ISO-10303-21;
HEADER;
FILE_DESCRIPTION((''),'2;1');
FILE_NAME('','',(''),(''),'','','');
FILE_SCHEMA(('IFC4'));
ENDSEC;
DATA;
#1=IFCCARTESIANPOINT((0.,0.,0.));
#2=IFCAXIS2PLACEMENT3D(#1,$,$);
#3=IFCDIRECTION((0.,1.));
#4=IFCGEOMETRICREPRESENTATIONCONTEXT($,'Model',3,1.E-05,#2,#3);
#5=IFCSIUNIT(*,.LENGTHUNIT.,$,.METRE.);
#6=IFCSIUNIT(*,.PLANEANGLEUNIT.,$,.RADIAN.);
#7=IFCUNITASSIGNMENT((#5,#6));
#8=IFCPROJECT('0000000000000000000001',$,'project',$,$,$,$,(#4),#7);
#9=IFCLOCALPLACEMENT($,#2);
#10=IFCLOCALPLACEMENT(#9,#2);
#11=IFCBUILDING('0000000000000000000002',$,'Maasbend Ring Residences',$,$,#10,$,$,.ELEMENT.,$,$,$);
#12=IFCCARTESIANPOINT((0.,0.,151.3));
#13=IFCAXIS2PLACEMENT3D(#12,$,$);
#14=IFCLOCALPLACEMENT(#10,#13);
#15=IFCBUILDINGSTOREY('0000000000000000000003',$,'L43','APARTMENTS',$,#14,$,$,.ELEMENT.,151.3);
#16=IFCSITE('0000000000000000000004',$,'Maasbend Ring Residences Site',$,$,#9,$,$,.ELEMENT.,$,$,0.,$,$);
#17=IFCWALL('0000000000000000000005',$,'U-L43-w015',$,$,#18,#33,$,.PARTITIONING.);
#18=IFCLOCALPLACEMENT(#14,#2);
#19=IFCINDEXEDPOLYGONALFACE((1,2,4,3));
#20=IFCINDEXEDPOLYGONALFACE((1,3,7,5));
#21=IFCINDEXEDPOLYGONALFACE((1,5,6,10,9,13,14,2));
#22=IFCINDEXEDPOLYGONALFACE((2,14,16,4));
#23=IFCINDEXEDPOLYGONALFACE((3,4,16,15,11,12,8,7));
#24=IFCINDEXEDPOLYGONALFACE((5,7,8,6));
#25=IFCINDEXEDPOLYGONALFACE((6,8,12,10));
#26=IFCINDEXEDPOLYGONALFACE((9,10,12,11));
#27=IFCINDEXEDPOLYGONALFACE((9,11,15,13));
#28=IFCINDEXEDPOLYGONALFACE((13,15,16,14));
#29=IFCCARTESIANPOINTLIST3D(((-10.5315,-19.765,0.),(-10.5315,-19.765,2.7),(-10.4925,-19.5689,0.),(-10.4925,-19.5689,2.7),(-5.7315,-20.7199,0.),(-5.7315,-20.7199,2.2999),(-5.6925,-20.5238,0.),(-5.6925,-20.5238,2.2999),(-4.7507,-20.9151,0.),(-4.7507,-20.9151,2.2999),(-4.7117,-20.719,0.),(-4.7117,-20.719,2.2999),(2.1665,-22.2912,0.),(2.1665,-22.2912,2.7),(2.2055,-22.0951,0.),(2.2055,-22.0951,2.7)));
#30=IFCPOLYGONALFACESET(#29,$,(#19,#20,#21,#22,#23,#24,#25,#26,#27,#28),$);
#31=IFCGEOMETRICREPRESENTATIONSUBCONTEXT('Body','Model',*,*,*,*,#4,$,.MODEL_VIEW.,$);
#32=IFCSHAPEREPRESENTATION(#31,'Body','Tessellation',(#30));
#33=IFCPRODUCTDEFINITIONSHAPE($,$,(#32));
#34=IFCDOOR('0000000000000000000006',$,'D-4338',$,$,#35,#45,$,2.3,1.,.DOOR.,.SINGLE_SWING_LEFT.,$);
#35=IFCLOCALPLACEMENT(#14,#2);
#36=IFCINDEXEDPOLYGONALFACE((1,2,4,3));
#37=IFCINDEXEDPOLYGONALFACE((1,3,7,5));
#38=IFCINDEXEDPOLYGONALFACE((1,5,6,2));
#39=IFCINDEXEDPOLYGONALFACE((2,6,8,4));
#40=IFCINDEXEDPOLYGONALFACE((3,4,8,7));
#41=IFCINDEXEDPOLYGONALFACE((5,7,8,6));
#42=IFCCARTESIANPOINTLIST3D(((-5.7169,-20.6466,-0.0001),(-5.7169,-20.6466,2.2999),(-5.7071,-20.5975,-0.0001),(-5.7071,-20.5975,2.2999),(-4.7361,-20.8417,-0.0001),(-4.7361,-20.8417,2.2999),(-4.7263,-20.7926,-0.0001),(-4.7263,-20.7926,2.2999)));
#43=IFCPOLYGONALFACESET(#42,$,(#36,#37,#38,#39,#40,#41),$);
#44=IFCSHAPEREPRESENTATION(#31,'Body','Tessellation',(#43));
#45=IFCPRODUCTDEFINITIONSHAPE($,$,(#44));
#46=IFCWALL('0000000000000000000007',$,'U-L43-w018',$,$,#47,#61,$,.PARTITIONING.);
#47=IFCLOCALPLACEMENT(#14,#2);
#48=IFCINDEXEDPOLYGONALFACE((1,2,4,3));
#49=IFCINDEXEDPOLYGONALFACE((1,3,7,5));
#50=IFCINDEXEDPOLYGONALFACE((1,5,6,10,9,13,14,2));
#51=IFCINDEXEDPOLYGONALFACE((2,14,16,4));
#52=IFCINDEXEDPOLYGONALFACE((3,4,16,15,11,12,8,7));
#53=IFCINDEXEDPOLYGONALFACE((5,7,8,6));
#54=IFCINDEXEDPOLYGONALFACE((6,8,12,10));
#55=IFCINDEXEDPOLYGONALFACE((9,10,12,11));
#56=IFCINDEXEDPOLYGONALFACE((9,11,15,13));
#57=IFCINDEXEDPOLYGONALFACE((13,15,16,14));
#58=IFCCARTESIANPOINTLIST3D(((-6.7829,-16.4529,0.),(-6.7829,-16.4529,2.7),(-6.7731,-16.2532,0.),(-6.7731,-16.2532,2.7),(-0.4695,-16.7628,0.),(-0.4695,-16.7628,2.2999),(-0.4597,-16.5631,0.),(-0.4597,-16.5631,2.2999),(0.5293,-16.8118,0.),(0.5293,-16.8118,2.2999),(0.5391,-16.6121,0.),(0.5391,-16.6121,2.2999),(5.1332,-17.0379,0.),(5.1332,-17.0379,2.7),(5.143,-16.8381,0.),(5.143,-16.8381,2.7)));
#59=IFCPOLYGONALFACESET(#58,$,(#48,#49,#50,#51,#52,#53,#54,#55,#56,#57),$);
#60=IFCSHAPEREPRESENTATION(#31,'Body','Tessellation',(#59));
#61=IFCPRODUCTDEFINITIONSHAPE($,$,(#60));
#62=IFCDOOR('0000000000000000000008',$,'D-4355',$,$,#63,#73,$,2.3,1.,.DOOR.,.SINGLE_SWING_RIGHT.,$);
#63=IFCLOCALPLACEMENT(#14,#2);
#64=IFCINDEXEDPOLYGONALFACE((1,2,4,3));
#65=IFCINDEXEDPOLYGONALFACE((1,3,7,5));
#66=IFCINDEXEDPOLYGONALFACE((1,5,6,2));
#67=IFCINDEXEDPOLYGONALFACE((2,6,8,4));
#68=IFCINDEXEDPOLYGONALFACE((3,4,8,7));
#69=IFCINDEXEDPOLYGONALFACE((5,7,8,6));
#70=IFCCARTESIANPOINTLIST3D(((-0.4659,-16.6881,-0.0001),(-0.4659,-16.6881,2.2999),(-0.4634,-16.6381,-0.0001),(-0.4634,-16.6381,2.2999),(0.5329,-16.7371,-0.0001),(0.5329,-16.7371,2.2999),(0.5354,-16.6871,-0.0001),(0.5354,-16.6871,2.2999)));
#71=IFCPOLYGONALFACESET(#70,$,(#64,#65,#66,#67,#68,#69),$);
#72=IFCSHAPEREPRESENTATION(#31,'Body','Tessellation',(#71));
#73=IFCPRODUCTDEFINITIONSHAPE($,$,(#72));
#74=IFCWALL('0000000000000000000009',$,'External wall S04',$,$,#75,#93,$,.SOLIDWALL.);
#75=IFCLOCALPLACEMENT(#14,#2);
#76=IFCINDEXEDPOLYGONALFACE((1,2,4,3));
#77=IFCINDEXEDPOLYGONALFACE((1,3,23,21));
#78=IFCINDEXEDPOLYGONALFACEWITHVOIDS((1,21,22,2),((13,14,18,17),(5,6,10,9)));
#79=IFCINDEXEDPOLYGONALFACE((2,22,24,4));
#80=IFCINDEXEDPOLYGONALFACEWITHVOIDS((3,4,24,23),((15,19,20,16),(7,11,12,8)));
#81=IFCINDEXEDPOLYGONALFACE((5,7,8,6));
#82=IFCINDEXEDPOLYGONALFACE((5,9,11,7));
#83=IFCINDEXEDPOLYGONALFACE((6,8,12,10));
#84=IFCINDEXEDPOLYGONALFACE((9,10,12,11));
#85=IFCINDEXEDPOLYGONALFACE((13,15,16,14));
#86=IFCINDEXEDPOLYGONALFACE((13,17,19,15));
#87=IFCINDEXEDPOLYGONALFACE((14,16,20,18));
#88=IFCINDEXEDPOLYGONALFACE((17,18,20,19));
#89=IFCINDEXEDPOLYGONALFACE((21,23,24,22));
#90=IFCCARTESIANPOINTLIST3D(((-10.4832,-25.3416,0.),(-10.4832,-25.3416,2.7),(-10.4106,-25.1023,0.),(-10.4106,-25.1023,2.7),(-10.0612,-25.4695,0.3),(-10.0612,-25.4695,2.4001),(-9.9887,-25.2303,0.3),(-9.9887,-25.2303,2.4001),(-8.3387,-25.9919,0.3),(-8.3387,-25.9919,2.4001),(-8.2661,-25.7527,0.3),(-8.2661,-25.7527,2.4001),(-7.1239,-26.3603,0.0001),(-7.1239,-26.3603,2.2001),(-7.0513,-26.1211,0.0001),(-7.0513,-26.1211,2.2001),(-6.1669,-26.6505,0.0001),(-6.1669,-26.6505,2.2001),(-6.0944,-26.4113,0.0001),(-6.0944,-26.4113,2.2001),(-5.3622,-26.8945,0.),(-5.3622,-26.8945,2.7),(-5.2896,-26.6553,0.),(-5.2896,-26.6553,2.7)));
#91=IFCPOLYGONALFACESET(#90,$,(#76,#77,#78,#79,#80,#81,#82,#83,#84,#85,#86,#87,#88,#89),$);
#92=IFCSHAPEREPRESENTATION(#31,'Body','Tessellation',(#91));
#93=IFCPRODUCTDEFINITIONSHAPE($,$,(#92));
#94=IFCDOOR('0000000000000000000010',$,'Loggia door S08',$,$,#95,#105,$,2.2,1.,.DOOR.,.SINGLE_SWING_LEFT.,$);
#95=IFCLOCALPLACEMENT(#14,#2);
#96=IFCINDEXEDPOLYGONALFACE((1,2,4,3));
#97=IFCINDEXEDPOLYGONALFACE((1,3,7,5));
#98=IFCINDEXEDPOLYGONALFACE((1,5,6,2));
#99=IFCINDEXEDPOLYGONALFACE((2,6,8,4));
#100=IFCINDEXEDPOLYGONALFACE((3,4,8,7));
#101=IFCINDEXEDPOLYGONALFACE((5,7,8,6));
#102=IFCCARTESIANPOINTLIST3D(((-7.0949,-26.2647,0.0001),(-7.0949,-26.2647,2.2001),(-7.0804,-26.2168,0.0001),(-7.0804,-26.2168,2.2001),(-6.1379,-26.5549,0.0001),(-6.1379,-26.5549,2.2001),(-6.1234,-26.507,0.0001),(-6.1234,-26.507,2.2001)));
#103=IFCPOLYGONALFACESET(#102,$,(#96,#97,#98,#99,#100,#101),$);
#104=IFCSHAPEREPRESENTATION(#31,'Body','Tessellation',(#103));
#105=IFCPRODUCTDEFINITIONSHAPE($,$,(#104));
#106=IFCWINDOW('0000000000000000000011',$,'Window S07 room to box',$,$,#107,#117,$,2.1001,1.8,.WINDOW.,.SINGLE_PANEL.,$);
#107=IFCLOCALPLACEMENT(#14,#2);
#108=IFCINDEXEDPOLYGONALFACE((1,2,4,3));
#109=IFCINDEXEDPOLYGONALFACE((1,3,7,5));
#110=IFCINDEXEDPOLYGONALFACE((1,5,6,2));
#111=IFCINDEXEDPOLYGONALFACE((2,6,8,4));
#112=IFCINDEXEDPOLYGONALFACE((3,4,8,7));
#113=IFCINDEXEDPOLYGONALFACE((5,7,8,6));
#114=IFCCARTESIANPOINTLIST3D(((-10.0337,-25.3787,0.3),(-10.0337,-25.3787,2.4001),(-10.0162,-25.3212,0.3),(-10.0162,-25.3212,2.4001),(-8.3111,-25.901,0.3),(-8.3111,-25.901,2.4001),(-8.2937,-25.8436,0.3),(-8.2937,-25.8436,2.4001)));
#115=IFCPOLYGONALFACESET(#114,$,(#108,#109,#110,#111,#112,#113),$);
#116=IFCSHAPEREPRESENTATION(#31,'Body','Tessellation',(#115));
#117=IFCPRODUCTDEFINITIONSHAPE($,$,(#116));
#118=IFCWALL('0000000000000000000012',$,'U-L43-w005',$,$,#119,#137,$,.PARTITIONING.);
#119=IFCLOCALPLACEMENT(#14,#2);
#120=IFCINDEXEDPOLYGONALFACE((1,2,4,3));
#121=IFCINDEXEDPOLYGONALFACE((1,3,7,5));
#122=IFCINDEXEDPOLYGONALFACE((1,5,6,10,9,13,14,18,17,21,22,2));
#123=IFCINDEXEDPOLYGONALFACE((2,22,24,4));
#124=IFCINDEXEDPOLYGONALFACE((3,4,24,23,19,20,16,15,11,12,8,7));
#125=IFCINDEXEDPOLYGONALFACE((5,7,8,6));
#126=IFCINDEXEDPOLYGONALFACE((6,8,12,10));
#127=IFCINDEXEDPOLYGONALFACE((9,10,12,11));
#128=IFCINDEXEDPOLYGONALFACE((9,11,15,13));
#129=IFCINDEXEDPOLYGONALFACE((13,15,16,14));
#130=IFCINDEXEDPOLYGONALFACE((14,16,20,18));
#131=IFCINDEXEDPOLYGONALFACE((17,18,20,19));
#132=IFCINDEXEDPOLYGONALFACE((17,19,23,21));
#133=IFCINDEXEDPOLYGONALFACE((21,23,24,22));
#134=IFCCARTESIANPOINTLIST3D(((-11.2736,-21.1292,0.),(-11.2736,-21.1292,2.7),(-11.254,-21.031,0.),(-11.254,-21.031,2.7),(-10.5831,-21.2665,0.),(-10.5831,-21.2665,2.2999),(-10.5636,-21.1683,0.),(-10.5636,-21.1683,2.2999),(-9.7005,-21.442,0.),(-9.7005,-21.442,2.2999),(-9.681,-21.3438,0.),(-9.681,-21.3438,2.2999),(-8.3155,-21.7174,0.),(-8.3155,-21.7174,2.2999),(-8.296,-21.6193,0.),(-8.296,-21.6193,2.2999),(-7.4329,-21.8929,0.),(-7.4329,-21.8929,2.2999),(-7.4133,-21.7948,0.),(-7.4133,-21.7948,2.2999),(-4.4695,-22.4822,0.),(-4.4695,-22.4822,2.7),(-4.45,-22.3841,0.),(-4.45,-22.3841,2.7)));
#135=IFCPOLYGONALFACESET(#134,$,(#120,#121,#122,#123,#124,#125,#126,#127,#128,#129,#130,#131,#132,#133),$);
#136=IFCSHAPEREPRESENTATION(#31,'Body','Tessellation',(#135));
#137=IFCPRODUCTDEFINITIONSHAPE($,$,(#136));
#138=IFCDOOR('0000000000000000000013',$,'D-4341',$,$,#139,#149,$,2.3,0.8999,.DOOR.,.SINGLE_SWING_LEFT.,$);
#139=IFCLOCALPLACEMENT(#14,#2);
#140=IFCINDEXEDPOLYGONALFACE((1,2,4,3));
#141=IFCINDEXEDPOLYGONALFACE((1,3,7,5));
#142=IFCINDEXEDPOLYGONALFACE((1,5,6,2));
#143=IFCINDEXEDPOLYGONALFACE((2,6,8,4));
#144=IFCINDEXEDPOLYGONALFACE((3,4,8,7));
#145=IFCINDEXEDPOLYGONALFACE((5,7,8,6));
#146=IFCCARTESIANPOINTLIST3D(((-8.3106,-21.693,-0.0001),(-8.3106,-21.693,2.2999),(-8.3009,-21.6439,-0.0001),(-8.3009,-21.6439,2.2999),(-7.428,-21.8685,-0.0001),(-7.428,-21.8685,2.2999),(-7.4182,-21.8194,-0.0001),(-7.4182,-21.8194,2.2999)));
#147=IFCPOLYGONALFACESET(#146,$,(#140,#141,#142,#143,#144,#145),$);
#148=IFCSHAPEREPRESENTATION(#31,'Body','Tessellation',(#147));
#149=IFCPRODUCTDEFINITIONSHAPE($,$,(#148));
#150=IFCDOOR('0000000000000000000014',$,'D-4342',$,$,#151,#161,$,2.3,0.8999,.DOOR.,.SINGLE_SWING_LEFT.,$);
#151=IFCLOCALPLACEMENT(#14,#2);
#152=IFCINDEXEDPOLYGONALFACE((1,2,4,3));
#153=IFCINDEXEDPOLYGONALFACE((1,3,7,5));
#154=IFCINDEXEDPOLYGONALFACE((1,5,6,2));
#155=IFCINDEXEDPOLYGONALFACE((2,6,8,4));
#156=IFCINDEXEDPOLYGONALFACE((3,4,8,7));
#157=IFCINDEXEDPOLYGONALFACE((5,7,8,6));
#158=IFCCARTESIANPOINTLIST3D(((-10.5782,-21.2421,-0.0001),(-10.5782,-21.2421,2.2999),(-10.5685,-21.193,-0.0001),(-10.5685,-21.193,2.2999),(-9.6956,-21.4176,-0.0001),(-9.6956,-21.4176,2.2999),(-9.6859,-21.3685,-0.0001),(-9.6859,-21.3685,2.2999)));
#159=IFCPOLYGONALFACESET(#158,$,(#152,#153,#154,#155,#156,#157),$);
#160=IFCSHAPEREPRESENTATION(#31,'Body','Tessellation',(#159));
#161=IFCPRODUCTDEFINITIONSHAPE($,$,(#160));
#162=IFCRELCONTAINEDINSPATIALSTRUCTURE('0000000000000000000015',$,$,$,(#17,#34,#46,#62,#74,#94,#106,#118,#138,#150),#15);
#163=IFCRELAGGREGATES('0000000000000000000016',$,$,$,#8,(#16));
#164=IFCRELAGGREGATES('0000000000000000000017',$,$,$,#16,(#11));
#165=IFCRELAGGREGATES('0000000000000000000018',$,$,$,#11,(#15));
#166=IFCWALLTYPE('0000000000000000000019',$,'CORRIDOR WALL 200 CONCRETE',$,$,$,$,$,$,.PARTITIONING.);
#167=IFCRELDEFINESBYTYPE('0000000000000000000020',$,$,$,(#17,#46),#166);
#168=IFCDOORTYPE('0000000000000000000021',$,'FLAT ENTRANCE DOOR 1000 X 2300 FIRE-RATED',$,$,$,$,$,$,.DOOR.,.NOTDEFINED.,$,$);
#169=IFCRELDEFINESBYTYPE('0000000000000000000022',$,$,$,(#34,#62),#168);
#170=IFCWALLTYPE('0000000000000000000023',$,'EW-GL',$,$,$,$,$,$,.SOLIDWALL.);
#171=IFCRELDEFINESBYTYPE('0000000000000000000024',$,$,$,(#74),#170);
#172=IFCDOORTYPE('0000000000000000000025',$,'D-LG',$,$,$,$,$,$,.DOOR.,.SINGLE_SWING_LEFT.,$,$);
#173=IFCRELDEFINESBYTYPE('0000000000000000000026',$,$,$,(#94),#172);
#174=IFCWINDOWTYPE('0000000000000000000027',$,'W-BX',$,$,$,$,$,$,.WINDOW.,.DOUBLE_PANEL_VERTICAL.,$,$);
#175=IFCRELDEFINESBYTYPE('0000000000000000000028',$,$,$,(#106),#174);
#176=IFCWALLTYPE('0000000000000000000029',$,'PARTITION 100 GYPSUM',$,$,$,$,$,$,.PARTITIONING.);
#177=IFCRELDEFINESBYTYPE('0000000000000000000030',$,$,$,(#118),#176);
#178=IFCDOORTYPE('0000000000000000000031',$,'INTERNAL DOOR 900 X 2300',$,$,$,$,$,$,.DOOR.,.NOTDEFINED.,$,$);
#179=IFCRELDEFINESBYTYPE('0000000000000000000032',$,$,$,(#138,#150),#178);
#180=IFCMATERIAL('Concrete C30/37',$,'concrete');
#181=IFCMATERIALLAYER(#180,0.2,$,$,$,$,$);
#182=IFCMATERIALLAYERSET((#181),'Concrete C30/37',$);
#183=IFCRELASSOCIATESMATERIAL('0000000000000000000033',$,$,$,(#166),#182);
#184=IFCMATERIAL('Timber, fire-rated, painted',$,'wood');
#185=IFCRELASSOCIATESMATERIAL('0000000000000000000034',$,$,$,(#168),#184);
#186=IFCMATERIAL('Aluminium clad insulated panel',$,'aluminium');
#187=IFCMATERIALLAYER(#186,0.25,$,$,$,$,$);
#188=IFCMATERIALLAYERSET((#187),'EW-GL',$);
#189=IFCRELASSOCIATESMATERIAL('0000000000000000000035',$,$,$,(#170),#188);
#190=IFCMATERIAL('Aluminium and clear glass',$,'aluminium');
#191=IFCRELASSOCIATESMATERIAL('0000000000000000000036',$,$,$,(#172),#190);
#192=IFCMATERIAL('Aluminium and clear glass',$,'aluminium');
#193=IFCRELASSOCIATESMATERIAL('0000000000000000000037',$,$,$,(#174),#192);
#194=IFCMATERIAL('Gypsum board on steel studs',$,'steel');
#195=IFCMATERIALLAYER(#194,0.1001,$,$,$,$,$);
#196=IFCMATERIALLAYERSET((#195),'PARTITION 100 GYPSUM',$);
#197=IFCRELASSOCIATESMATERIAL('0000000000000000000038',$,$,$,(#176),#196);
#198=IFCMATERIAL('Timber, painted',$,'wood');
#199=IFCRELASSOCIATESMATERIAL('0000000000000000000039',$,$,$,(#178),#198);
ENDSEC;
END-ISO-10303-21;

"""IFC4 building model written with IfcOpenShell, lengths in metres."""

from ifc_helpers import new_model, si_unit, direction, frame, frame_2d, origin, place, context, subcontext, project, spatial, rectangle, extrude, material, layer, layer_set, type_object, element, fill, save


model = new_model("IFC4")

# Units and contexts
model_context = context("Model", 3, precision=1e-05, world=origin(), true_north=direction((0.0, 1.0)))
body_context = subcontext(model_context, "Body", "Model", "MODEL_VIEW")
ifc_project = project(units=[si_unit("LENGTHUNIT", "METRE"), si_unit("PLANEANGLEUNIT", "RADIAN")], contexts=[model_context])

# Site, building, storey
site_placement = place(None, origin())
site = spatial("IfcSite", under=ifc_project, at=site_placement, Name="Maasbend Ring Residences Site", CompositionType="ELEMENT", RefElevation=0.0)
building_placement = place(site_placement, origin())
building = spatial("IfcBuilding", under=site, at=building_placement, Name="Maasbend Ring Residences", CompositionType="ELEMENT")
storey_placement = place(building_placement, frame((0.0, 0.0, 151.3)))
storey = spatial("IfcBuildingStorey", under=building, at=storey_placement, Name="L43", Description="APARTMENTS", CompositionType="ELEMENT", Elevation=151.3)

# Walls, openings, doors
ifc_material_1 = material(Name="Concrete C30/37", Category="concrete")
ifc_layer_1 = layer(ifc_material_1, 0.2)
ifc_layer_set_1 = layer_set([ifc_layer_1], Name="Concrete C30/37")
wall_type_1 = type_object("IfcWallType", Name="CORRIDOR WALL 200 CONCRETE", PredefinedType="PARTITIONING", material=ifc_layer_set_1)
wall_1_placement = place(storey_placement, frame((-10.512, -19.667, 0.0), z_axis=(0.0, 0.0, 1.0), x_axis=(0.98078, -0.195115, 0.0)))
wall_1 = element("IfcWall", 1, at=wall_1_placement, inside=storey, type_object=wall_type_1, Name="U-L43-w015", PredefinedType="PARTITIONING", context=body_context, shape_type="SweptSolid", body=[
    extrude(rectangle(XDim=12.9468, YDim=0.2, at=frame_2d((6.4734, 0.0))), origin(), (0.0, 0.0, 1.0), 2.7),
])
opening_1_placement = place(wall_1_placement, frame((4.894, 0.0, 0.0)))
opening_1 = element("IfcOpeningElement", 2, at=opening_1_placement, cuts=wall_1, PredefinedType="OPENING", context=body_context, shape_type="SweptSolid", body=[
    extrude(rectangle(XDim=1.0, YDim=2.3, at=frame_2d((0.5, 1.1499))), frame((0.0, 0.1099, 0.0), z_axis=(0.0, -1.0, 0.0), x_axis=(1.0, 0.0, 0.0)), (0.0, 0.0, 1.0), 0.22),
])
ifc_material_2 = material(Name="Timber, fire-rated, painted", Category="wood")
door_type_1 = type_object("IfcDoorType", Name="FLAT ENTRANCE DOOR 1000 X 2300 FIRE-RATED", OperationType="NOTDEFINED", PredefinedType="DOOR", material=ifc_material_2)
door_1_placement = place(opening_1_placement, origin())
door_1 = element("IfcDoor", 3, at=door_1_placement, inside=storey, type_object=door_type_1, Name="D-4338", OperationType="SINGLE_SWING_LEFT", OverallHeight=2.3, OverallWidth=1.0, PredefinedType="DOOR", context=body_context, shape_type="SweptSolid", body=[
    extrude(rectangle(XDim=1.0, YDim=2.3, at=frame_2d((0.5, 1.1499))), frame((0.0, 0.0249, 0.0), z_axis=(0.0, -1.0, 0.0), x_axis=(1.0, 0.0, 0.0)), (0.0, 0.0, 1.0), 0.05),
])
fill(opening_1, door_1)
wall_2_placement = place(storey_placement, frame((-6.7781, -16.353, 0.0), z_axis=(0.0, 0.0, 1.0), x_axis=(0.998797, -0.049031, 0.0)))
wall_2 = element("IfcWall", 4, at=wall_2_placement, inside=storey, type_object=wall_type_1, Name="U-L43-w018", PredefinedType="PARTITIONING", context=body_context, shape_type="SweptSolid", body=[
    extrude(rectangle(XDim=11.9304, YDim=0.2, at=frame_2d((5.9653, 0.0))), origin(), (0.0, 0.0, 1.0), 2.7),
])
opening_2_placement = place(wall_2_placement, frame((6.321, 0.0, 0.0)))
opening_2 = element("IfcOpeningElement", 5, at=opening_2_placement, cuts=wall_2, PredefinedType="OPENING", context=body_context, shape_type="SweptSolid", body=[
    extrude(rectangle(XDim=1.0, YDim=2.3, at=frame_2d((0.5, 1.1499))), frame((0.0, 0.1099, 0.0), z_axis=(0.0, -1.0, 0.0), x_axis=(1.0, 0.0, 0.0)), (0.0, 0.0, 1.0), 0.22),
])
door_2_placement = place(opening_2_placement, origin())
door_2 = element("IfcDoor", 6, at=door_2_placement, inside=storey, type_object=door_type_1, Name="D-4355", OperationType="SINGLE_SWING_RIGHT", OverallHeight=2.3, OverallWidth=1.0, PredefinedType="DOOR", context=body_context, shape_type="SweptSolid", body=[
    extrude(rectangle(XDim=1.0, YDim=2.3, at=frame_2d((0.5, 1.1499))), frame((0.0, 0.0249, 0.0), z_axis=(0.0, -1.0, 0.0), x_axis=(1.0, 0.0, 0.0)), (0.0, 0.0, 1.0), 0.05),
])
fill(opening_2, door_2)

# Wall, openings, door, window
ifc_material_3 = material(Name="Aluminium clad insulated panel", Category="aluminium")
ifc_layer_2 = layer(ifc_material_3, 0.25)
ifc_layer_set_2 = layer_set([ifc_layer_2], Name="EW-GL")
wall_type_2 = type_object("IfcWallType", Name="EW-GL", PredefinedType="SOLIDWALL", material=ifc_layer_set_2)
wall_3_placement = place(storey_placement, frame((-10.447, -25.2219, 0.0), z_axis=(0.0, 0.0, 1.0), x_axis=(0.956966, -0.290201, 0.0)))
wall_3 = element("IfcWall", 7, at=wall_3_placement, inside=storey, type_object=wall_type_2, Name="External wall S04", PredefinedType="SOLIDWALL", context=body_context, shape_type="SweptSolid", body=[
    extrude(rectangle(XDim=5.3513, YDim=0.25, at=frame_2d((2.6758, 0.0))), origin(), (0.0, 0.0, 1.0), 2.7),
])
opening_3_placement = place(wall_3_placement, frame((0.4412, 0.0, 0.3)))
opening_3 = element("IfcOpeningElement", 8, at=opening_3_placement, cuts=wall_3, PredefinedType="OPENING", context=body_context, shape_type="SweptSolid", body=[
    extrude(rectangle(XDim=1.8, YDim=2.1001, at=frame_2d((0.8999, 1.05))), frame((0.0, 0.135, 0.0), z_axis=(0.0, -1.0, 0.0), x_axis=(1.0, 0.0, 0.0)), (0.0, 0.0, 1.0), 0.27),
])
opening_4_placement = place(wall_3_placement, frame((3.5105, 0.0, 0.0)))
opening_4 = element("IfcOpeningElement", 9, at=opening_4_placement, cuts=wall_3, PredefinedType="OPENING", context=body_context, shape_type="SweptSolid", body=[
    extrude(rectangle(XDim=1.0, YDim=2.2, at=frame_2d((0.5, 1.1001))), frame((0.0, 0.135, 0.0), z_axis=(0.0, -1.0, 0.0), x_axis=(1.0, 0.0, 0.0)), (0.0, 0.0, 1.0), 0.27),
])
ifc_material_4 = material(Name="Aluminium and clear glass", Category="aluminium")
door_type_2 = type_object("IfcDoorType", Name="D-LG", OperationType="SINGLE_SWING_LEFT", PredefinedType="DOOR", material=ifc_material_4)
door_3_placement = place(opening_4_placement, origin())
door_3 = element("IfcDoor", 10, at=door_3_placement, inside=storey, type_object=door_type_2, Name="Loggia door S08", OperationType="SINGLE_SWING_LEFT", OverallHeight=2.2, OverallWidth=1.0, PredefinedType="DOOR", context=body_context, shape_type="SweptSolid", body=[
    extrude(rectangle(XDim=1.0, YDim=2.2, at=frame_2d((0.5, 1.1001))), frame((0.0, 0.0249, 0.0), z_axis=(0.0, -1.0, 0.0), x_axis=(1.0, 0.0, 0.0)), (0.0, 0.0, 1.0), 0.05),
])
fill(opening_4, door_3)
ifc_material_5 = material(Name="Aluminium and clear glass", Category="aluminium")
window_type = type_object("IfcWindowType", Name="W-BX", PartitioningType="DOUBLE_PANEL_VERTICAL", PredefinedType="WINDOW", material=ifc_material_5)
window_placement = place(opening_3_placement, origin())
window = element("IfcWindow", 11, at=window_placement, inside=storey, type_object=window_type, Name="Window S07 room to box", OverallHeight=2.1001, OverallWidth=1.8, PartitioningType="SINGLE_PANEL", PredefinedType="WINDOW", context=body_context, shape_type="SweptSolid", body=[
    extrude(rectangle(XDim=1.8, YDim=2.1001, at=frame_2d((0.8999, 1.05))), frame((0.0, 0.03, 0.0), z_axis=(0.0, -1.0, 0.0), x_axis=(1.0, 0.0, 0.0)), (0.0, 0.0, 1.0), 0.0601),
])
fill(opening_3, window)

# Wall, openings, doors
ifc_material_6 = material(Name="Gypsum board on steel studs", Category="steel")
ifc_layer_3 = layer(ifc_material_6, 0.1001)
ifc_layer_set_3 = layer_set([ifc_layer_3], Name="PARTITION 100 GYPSUM")
wall_type_3 = type_object("IfcWallType", Name="PARTITION 100 GYPSUM", PredefinedType="PARTITIONING", material=ifc_layer_set_3)
wall_4_placement = place(storey_placement, frame((-11.2639, -21.0801, 0.0), z_axis=(0.0, 0.0, 1.0), x_axis=(0.980795, -0.19504, 0.0)))
wall_4 = element("IfcWall", 12, at=wall_4_placement, inside=storey, type_object=wall_type_3, Name="U-L43-w005", PredefinedType="PARTITIONING", context=body_context, shape_type="SweptSolid", body=[
    extrude(rectangle(XDim=6.9373, YDim=0.1001, at=frame_2d((3.4688, 0.0))), origin(), (0.0, 0.0, 1.0), 2.7),
])
opening_5_placement = place(wall_4_placement, frame((3.0161, 0.0, 0.0)))
opening_5 = element("IfcOpeningElement", 13, at=opening_5_placement, cuts=wall_4, PredefinedType="OPENING", context=body_context, shape_type="SweptSolid", body=[
    extrude(rectangle(XDim=0.8999, YDim=2.3, at=frame_2d((0.45, 1.1499))), frame((0.0, 0.0601, 0.0), z_axis=(0.0, -1.0, 0.0), x_axis=(1.0, 0.0, 0.0)), (0.0, 0.0, 1.0), 0.1201),
])
opening_6_placement = place(wall_4_placement, frame((0.7041, 0.0, 0.0)))
opening_6 = element("IfcOpeningElement", 14, at=opening_6_placement, cuts=wall_4, PredefinedType="OPENING", context=body_context, shape_type="SweptSolid", body=[
    extrude(rectangle(XDim=0.8999, YDim=2.3, at=frame_2d((0.45, 1.1499))), frame((0.0, 0.0601, 0.0), z_axis=(0.0, -1.0, 0.0), x_axis=(1.0, 0.0, 0.0)), (0.0, 0.0, 1.0), 0.1201),
])
ifc_material_7 = material(Name="Timber, painted", Category="wood")
door_type_3 = type_object("IfcDoorType", Name="INTERNAL DOOR 900 X 2300", OperationType="NOTDEFINED", PredefinedType="DOOR", material=ifc_material_7)
door_4_placement = place(opening_5_placement, origin())
door_4 = element("IfcDoor", 15, at=door_4_placement, inside=storey, type_object=door_type_3, Name="D-4341", OperationType="SINGLE_SWING_LEFT", OverallHeight=2.3, OverallWidth=0.8999, PredefinedType="DOOR", context=body_context, shape_type="SweptSolid", body=[
    extrude(rectangle(XDim=0.8999, YDim=2.3, at=frame_2d((0.45, 1.1499))), frame((0.0, 0.0249, 0.0), z_axis=(0.0, -1.0, 0.0), x_axis=(1.0, 0.0, 0.0)), (0.0, 0.0, 1.0), 0.05),
])
fill(opening_5, door_4)
door_5_placement = place(opening_6_placement, origin())
door_5 = element("IfcDoor", 16, at=door_5_placement, inside=storey, type_object=door_type_3, Name="D-4342", OperationType="SINGLE_SWING_LEFT", OverallHeight=2.3, OverallWidth=0.8999, PredefinedType="DOOR", context=body_context, shape_type="SweptSolid", body=[
    extrude(rectangle(XDim=0.8999, YDim=2.3, at=frame_2d((0.45, 1.1499))), frame((0.0, 0.0249, 0.0), z_axis=(0.0, -1.0, 0.0), x_axis=(1.0, 0.0, 0.0)), (0.0, 0.0, 1.0), 0.05),
])
fill(opening_6, door_5)

save(model, "model.ifc")
